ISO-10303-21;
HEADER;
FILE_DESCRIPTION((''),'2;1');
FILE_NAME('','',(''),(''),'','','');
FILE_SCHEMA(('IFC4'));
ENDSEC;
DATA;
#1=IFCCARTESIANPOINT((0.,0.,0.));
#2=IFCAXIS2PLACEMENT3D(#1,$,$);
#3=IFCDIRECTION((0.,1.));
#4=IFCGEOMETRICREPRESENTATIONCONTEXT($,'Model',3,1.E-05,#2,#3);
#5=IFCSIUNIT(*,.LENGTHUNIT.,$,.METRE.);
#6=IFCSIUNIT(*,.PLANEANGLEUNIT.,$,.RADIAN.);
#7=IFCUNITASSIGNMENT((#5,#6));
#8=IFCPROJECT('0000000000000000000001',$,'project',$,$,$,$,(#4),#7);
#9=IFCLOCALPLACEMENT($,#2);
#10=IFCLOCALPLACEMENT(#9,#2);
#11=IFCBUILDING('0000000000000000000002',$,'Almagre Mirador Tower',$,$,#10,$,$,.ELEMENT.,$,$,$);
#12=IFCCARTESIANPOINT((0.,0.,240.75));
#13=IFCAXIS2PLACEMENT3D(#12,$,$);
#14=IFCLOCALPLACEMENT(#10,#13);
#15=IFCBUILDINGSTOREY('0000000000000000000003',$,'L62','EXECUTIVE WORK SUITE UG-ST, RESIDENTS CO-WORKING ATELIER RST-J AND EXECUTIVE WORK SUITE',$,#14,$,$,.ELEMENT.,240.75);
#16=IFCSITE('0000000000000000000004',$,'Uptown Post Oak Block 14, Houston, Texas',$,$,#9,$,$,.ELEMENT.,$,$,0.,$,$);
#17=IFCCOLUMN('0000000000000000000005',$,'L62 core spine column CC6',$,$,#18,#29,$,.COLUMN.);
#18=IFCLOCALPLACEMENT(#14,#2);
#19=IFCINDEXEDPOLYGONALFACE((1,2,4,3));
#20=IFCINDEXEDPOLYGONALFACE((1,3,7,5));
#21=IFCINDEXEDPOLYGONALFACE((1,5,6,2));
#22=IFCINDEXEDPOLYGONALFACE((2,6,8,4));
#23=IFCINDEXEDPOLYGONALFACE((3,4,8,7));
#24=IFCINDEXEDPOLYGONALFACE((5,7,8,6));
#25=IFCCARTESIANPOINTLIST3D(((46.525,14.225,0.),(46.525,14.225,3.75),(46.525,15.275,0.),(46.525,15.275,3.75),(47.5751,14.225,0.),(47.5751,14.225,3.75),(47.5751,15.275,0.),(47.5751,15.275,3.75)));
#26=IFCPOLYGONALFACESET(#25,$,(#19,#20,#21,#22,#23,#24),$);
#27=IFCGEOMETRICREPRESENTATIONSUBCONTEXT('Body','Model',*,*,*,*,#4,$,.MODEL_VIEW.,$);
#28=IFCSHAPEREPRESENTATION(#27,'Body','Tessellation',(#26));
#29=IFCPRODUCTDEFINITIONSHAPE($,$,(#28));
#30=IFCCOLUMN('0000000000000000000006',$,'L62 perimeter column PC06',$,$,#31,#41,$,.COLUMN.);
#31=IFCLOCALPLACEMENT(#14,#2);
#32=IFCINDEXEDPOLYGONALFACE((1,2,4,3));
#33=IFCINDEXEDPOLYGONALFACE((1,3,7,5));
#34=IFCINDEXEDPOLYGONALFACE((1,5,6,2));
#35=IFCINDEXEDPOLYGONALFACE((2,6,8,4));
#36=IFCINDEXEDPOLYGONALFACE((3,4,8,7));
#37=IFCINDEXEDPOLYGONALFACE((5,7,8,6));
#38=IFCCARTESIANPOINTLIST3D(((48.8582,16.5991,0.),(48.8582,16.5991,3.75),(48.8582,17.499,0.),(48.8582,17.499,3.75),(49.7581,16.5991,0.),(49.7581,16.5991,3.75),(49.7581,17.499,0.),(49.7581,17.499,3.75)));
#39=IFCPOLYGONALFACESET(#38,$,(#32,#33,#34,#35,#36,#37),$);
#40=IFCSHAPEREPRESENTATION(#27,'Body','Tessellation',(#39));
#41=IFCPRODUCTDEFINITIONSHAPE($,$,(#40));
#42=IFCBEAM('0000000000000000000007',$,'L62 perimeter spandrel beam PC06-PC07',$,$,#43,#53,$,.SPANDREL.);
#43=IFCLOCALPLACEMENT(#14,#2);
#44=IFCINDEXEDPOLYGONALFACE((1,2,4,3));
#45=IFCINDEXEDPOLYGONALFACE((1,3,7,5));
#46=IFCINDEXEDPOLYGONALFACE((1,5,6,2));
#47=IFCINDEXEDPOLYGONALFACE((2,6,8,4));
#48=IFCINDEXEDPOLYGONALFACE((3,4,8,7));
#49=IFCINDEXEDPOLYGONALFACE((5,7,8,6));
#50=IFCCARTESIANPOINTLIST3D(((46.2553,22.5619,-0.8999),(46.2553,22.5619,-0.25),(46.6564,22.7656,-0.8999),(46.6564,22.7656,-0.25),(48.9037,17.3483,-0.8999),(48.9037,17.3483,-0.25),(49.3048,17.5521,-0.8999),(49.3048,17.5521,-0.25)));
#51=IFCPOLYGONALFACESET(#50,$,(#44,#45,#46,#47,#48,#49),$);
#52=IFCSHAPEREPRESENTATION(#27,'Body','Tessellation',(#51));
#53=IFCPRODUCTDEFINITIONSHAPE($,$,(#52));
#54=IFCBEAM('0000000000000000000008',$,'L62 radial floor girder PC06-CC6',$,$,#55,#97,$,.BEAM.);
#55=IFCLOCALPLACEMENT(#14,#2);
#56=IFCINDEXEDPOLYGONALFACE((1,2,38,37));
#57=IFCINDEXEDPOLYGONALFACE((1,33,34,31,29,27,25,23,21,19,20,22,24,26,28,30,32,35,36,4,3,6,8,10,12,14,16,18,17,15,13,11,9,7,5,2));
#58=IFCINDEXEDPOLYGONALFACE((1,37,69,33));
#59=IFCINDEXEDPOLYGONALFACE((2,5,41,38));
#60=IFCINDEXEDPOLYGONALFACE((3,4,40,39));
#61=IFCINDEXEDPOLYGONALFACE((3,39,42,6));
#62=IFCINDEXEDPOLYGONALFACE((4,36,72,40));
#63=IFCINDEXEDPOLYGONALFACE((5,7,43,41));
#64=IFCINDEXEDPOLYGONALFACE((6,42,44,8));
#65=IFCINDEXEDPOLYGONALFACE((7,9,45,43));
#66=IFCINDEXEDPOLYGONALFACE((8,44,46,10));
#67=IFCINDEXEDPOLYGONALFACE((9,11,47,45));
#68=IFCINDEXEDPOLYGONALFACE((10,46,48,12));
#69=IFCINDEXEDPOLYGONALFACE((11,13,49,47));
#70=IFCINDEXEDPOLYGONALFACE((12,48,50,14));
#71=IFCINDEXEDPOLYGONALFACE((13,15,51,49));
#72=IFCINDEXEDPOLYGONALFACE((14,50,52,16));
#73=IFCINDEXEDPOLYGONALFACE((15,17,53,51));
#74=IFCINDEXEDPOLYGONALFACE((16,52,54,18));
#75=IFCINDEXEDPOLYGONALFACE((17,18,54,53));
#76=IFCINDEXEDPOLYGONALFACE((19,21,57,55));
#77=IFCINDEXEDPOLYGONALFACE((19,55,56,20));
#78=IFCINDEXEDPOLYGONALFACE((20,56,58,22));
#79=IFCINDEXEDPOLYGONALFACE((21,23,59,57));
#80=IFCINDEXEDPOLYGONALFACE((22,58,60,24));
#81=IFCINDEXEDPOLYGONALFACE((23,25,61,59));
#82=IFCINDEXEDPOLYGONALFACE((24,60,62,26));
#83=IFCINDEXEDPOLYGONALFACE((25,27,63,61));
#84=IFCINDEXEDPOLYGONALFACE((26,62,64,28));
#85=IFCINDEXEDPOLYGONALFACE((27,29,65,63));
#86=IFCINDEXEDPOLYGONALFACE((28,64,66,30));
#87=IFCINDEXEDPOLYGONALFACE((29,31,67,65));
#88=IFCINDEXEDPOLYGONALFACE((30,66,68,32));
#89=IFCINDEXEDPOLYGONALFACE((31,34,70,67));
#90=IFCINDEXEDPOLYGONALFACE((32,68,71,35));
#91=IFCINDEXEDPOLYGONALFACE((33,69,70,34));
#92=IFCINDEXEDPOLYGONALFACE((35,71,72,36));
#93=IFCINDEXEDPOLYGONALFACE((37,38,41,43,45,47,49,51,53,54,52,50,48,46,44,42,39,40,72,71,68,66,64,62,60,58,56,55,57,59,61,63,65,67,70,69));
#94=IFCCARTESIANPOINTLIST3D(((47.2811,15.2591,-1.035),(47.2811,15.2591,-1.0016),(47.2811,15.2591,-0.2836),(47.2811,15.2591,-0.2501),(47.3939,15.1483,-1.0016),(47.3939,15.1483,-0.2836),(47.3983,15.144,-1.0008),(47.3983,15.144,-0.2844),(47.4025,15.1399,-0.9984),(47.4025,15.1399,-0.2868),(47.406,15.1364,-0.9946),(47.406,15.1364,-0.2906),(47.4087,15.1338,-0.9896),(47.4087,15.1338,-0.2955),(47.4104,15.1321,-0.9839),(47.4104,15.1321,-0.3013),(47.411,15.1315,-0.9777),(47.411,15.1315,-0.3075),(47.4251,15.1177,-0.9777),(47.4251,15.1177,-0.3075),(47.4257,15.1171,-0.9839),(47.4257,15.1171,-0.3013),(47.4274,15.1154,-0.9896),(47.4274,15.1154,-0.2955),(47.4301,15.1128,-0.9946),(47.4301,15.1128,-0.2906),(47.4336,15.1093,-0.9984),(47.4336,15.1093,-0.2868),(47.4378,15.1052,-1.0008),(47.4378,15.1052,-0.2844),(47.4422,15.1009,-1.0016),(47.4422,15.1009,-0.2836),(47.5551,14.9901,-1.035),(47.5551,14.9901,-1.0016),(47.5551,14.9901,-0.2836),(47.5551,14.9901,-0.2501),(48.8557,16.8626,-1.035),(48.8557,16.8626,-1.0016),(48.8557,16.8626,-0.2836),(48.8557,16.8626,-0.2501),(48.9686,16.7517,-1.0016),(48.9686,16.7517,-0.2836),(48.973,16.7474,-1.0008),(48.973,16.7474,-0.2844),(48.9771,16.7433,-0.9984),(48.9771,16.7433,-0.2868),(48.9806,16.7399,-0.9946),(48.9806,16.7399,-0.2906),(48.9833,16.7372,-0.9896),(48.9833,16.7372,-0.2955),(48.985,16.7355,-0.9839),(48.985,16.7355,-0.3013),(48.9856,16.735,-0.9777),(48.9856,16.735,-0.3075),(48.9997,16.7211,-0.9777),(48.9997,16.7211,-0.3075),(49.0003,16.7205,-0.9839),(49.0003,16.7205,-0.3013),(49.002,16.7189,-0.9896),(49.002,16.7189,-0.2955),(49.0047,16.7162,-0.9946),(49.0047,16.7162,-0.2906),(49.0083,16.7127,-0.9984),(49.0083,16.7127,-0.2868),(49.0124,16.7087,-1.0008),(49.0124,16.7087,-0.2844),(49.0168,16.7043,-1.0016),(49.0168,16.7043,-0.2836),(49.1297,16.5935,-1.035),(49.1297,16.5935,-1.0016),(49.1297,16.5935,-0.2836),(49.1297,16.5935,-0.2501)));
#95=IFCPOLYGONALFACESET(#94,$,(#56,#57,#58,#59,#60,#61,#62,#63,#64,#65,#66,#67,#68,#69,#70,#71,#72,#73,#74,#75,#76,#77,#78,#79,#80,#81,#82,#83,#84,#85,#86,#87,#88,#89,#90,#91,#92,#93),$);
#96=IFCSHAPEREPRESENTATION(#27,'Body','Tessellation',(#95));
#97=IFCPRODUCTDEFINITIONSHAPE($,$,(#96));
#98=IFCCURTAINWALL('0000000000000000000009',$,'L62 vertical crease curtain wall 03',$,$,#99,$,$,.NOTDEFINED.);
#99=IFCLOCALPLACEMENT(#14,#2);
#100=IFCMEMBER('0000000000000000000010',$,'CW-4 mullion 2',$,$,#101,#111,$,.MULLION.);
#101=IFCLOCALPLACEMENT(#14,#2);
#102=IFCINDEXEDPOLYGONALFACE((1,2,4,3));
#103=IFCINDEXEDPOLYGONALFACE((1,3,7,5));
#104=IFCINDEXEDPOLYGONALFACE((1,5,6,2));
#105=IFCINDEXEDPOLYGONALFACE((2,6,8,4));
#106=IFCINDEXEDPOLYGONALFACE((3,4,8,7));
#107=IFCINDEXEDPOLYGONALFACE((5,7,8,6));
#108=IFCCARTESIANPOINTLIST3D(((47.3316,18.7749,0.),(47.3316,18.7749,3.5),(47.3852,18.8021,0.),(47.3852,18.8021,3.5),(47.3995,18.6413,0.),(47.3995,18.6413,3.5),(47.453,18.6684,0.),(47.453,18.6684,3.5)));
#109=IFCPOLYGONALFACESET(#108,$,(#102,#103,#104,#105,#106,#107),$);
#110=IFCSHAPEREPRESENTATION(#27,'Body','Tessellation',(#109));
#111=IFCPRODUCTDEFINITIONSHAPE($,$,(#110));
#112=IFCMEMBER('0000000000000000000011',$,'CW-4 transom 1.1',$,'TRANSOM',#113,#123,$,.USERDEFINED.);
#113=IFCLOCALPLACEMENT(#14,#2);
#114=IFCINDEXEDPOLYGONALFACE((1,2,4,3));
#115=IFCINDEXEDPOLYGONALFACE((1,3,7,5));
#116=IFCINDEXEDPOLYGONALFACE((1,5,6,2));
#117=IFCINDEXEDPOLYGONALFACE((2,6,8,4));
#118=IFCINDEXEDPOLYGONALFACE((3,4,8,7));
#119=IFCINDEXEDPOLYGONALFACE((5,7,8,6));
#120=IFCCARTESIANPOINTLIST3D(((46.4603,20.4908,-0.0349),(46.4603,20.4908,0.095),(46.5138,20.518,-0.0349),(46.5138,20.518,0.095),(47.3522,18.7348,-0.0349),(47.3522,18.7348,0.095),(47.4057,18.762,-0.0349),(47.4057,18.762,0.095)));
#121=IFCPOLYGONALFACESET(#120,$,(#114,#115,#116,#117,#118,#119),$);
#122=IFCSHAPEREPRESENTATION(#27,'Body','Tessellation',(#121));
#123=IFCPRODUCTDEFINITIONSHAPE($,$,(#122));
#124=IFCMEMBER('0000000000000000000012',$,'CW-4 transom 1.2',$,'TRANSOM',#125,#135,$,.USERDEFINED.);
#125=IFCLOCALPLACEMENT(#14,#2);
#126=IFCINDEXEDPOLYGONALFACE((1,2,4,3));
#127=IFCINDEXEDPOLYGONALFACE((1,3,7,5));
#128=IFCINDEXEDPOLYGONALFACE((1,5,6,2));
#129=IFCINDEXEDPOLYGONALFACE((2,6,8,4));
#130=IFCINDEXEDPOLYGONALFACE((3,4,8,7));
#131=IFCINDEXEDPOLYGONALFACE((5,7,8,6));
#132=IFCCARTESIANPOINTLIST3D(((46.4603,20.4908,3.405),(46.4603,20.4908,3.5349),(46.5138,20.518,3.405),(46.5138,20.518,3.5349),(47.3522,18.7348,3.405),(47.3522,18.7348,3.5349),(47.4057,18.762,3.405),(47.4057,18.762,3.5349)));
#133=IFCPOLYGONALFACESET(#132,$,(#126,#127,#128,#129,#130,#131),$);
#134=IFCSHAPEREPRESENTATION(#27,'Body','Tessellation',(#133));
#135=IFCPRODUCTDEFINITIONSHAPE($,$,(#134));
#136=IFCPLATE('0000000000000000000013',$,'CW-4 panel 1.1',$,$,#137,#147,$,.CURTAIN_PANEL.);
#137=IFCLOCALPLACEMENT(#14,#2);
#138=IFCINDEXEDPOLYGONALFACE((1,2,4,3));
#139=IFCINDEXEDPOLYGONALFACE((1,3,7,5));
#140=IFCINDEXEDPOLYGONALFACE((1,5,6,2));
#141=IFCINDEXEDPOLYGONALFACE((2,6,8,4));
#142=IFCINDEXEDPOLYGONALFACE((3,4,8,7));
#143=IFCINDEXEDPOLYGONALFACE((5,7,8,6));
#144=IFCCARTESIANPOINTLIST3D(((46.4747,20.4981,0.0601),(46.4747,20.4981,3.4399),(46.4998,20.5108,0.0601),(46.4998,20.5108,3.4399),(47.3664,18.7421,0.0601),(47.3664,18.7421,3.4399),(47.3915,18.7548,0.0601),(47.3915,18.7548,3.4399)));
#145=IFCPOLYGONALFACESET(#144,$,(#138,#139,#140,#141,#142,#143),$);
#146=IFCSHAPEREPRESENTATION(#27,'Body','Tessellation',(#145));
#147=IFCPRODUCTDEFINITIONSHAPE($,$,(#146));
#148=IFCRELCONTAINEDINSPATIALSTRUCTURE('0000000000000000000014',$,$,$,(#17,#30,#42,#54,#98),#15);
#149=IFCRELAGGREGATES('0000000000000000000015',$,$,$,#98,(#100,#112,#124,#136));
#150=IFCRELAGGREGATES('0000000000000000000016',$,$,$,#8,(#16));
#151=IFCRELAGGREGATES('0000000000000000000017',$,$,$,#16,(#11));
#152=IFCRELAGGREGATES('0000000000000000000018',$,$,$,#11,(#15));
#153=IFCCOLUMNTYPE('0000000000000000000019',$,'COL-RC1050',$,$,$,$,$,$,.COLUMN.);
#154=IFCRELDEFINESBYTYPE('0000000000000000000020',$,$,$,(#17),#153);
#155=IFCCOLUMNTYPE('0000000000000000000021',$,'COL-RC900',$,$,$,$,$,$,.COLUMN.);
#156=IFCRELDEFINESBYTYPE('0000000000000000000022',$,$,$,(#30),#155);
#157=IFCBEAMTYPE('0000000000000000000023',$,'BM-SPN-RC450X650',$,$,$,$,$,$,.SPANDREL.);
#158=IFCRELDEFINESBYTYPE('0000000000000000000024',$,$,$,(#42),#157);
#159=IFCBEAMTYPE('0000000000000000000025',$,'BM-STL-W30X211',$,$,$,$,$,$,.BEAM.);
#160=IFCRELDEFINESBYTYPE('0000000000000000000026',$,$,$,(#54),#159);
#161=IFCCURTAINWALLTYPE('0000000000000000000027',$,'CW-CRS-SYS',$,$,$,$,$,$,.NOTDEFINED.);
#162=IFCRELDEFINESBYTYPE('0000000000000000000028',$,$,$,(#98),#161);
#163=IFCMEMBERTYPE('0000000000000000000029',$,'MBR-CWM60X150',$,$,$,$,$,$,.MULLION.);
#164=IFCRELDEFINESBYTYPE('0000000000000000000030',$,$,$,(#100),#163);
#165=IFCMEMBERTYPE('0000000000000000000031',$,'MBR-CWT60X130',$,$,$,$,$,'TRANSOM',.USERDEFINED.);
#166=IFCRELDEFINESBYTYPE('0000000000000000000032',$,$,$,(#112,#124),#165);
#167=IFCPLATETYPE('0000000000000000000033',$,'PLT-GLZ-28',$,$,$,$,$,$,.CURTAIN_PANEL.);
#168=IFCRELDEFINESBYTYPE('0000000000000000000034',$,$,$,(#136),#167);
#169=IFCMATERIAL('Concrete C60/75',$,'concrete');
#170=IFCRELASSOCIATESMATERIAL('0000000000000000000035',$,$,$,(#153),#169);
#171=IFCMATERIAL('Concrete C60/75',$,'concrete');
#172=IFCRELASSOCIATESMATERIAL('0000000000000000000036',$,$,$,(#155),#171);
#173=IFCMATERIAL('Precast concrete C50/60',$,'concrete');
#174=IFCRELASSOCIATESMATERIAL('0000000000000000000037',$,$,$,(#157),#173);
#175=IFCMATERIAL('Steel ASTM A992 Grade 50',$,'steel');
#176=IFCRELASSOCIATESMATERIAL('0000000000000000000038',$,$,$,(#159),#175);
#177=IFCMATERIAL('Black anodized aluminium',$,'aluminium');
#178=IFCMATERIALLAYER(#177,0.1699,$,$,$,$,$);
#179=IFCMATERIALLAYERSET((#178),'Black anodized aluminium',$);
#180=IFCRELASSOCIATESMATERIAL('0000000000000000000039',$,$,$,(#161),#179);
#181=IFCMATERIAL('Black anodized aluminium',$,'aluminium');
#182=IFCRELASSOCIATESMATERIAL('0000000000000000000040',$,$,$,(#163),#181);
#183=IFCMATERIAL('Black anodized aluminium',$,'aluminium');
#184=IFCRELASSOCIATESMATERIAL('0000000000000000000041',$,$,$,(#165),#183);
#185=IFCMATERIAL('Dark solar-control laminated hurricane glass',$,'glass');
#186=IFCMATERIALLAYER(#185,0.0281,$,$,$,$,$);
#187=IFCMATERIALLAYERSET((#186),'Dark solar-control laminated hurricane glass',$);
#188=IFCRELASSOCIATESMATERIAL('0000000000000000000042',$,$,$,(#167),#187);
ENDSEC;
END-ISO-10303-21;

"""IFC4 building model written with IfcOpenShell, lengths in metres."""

from ifc_helpers import new_model, si_unit, direction, frame, origin, origin_2d, place, context, subcontext, project, spatial, rectangle, i_section, extrude, material, layer, layer_set, material_profile, profile_set, type_object, element, aggregate, save


model = new_model("IFC4")

# Units and contexts
model_context = context("Model", 3, precision=1e-05, world=origin(), true_north=direction((0.0, 1.0)))
body_context = subcontext(model_context, "Body", "Model", "MODEL_VIEW")
ifc_project = project(units=[si_unit("LENGTHUNIT", "METRE"), si_unit("PLANEANGLEUNIT", "RADIAN")], contexts=[model_context])

# Site, building, storey
site_placement = place(None, origin())
site = spatial("IfcSite", under=ifc_project, at=site_placement, Name="Uptown Post Oak Block 14, Houston, Texas", CompositionType="ELEMENT", RefElevation=0.0)
building_placement = place(site_placement, origin())
building = spatial("IfcBuilding", under=site, at=building_placement, Name="Almagre Mirador Tower", CompositionType="ELEMENT")
storey_placement = place(building_placement, frame((0.0, 0.0, 240.75)))
storey = spatial("IfcBuildingStorey", under=building, at=storey_placement, Name="L62", Description="EXECUTIVE WORK SUITE UG-ST, RESIDENTS CO-WORKING ATELIER RST-J AND EXECUTIVE WORK SUITE", CompositionType="ELEMENT", Elevation=240.75)

# Columns
ifc_material_1 = material(Name="Concrete C60/75", Category="concrete")
ifc_material_profile_1 = material_profile(ifc_material_1, rectangle(XDim=1.05, YDim=1.05, at=origin_2d()), Name="RC1050X1050")
ifc_profile_set_1 = profile_set([ifc_material_profile_1], Name="Concrete C60/75")
column_type_1 = type_object("IfcColumnType", Name="COL-RC1050", PredefinedType="COLUMN", material=ifc_profile_set_1)
column_1_placement = place(storey_placement, frame((47.05, 14.75, 0.0), z_axis=(0.0, 0.0, 1.0), x_axis=(1.0, 0.0, 0.0)))
element("IfcColumn", 1, at=column_1_placement, inside=storey, type_object=column_type_1, Name="L62 core spine column CC6", PredefinedType="COLUMN", context=body_context, shape_type="SweptSolid", body=[
    extrude(rectangle(XDim=1.05, YDim=1.05, at=origin_2d()), origin(), (0.0, 0.0, 1.0), 3.75),
])
ifc_material_2 = material(Name="Concrete C60/75", Category="concrete")
ifc_material_profile_2 = material_profile(ifc_material_2, rectangle(XDim=0.8999, YDim=0.8999, at=origin_2d()), Name="RC900X900")
ifc_profile_set_2 = profile_set([ifc_material_profile_2], Name="Concrete C60/75")
column_type_2 = type_object("IfcColumnType", Name="COL-RC900", PredefinedType="COLUMN", material=ifc_profile_set_2)
column_2_placement = place(storey_placement, frame((49.3081, 17.0491, 0.0), z_axis=(0.0, 0.0, 1.0), x_axis=(1.0, 0.0, 0.0)))
element("IfcColumn", 2, at=column_2_placement, inside=storey, type_object=column_type_2, Name="L62 perimeter column PC06", PredefinedType="COLUMN", context=body_context, shape_type="SweptSolid", body=[
    extrude(rectangle(XDim=0.8999, YDim=0.8999, at=origin_2d()), origin(), (0.0, 0.0, 1.0), 3.75),
])

# Beams
ifc_material_3 = material(Name="Precast concrete C50/60", Category="concrete")
ifc_material_profile_3 = material_profile(ifc_material_3, rectangle(XDim=0.45, YDim=0.6499, at=origin_2d()), Name="RC450X650")
ifc_profile_set_3 = profile_set([ifc_material_profile_3], Name="Precast concrete C50/60")
beam_type_1 = type_object("IfcBeamType", Name="BM-SPN-RC450X650", PredefinedType="SPANDREL", material=ifc_profile_set_3)
beam_1_placement = place(storey_placement, frame((49.1042, 17.4502, -0.575), z_axis=(-0.452899, 0.891562, 0.0), x_axis=(-0.891562, -0.452899, 0.0)))
element("IfcBeam", 3, at=beam_1_placement, inside=storey, type_object=beam_type_1, Name="L62 perimeter spandrel beam PC06-PC07", PredefinedType="SPANDREL", context=body_context, shape_type="SweptSolid", body=[
    extrude(rectangle(XDim=0.45, YDim=0.6499, at=origin_2d()), origin(), (0.0, 0.0, 1.0), 5.8477),
])
ifc_material_4 = material(Name="Steel ASTM A992 Grade 50", Category="steel")
ifc_material_profile_4 = material_profile(ifc_material_4, i_section(OverallWidth=0.384, OverallDepth=0.7849, WebThickness=0.0198, FlangeThickness=0.0334, FilletRadius=0.0239, at=origin_2d()), Name="W30X211")
ifc_profile_set_4 = profile_set([ifc_material_profile_4], Name="Steel ASTM A992 Grade 50")
beam_type_2 = type_object("IfcBeamType", Name="BM-STL-W30X211", PredefinedType="BEAM", material=ifc_profile_set_4)
beam_2_placement = place(storey_placement, frame((48.9927, 16.728, -0.6426), z_axis=(-0.700669, -0.713487, 0.0), x_axis=(0.713487, -0.700669, 0.0)))
element("IfcBeam", 4, at=beam_2_placement, inside=storey, type_object=beam_type_2, Name="L62 radial floor girder PC06-CC6", PredefinedType="BEAM", context=body_context, shape_type="SweptSolid", body=[
    extrude(i_section(OverallWidth=0.384, OverallDepth=0.7849, WebThickness=0.0198, FlangeThickness=0.0334, FilletRadius=0.0239, at=origin_2d()), origin(), (0.0, 0.0, 1.0), 2.2473),
])

# Curtain wall, members, plate
ifc_material_5 = material(Name="Black anodized aluminium", Category="aluminium")
ifc_layer_1 = layer(ifc_material_5, 0.1699)
ifc_layer_set_1 = layer_set([ifc_layer_1], Name="Black anodized aluminium")
curtain_wall_type = type_object("IfcCurtainWallType", Name="CW-CRS-SYS", PredefinedType="NOTDEFINED", material=ifc_layer_set_1)
curtain_wall_placement = place(storey_placement, origin())
curtain_wall = element("IfcCurtainWall", 5, at=curtain_wall_placement, inside=storey, type_object=curtain_wall_type, Name="L62 vertical crease curtain wall 03", PredefinedType="NOTDEFINED")
ifc_material_6 = material(Name="Black anodized aluminium", Category="aluminium")
ifc_material_profile_5 = material_profile(ifc_material_6, rectangle(XDim=0.0601, YDim=0.1499, at=origin_2d()), Name="CWM60X150")
ifc_profile_set_5 = profile_set([ifc_material_profile_5], Name="Black anodized aluminium")
member_type_1 = type_object("IfcMemberType", Name="MBR-CWM60X150", PredefinedType="MULLION", material=ifc_profile_set_5)
member_1_placement = place(storey_placement, frame((47.3923, 18.7217, 0.0), z_axis=(0.0, 0.0, 1.0), x_axis=(0.891634, 0.452757, 0.0)))
member_1 = element("IfcMember", 6, at=member_1_placement, type_object=member_type_1, Name="CW-4 mullion 2", PredefinedType="MULLION", context=body_context, shape_type="SweptSolid", body=[
    extrude(rectangle(XDim=0.0601, YDim=0.1499, at=origin_2d()), origin(), (0.0, 0.0, 1.0), 3.5),
])
ifc_material_7 = material(Name="Black anodized aluminium", Category="aluminium")
ifc_material_profile_6 = material_profile(ifc_material_7, rectangle(XDim=0.0601, YDim=0.1299, at=origin_2d()), Name="CWT60X130")
ifc_profile_set_6 = profile_set([ifc_material_profile_6], Name="Black anodized aluminium")
member_type_2 = type_object("IfcMemberType", Name="MBR-CWT60X130", ElementType="TRANSOM", PredefinedType="USERDEFINED", material=ifc_profile_set_6)
member_2_placement = place(storey_placement, frame((46.4871, 20.5044, 0.03), z_axis=(0.452858, -0.891583, 0.0), x_axis=(0.891583, 0.452858, 0.0)))
member_2 = element("IfcMember", 7, at=member_2_placement, type_object=member_type_2, Name="CW-4 transom 1.1", ObjectType="TRANSOM", PredefinedType="USERDEFINED", context=body_context, shape_type="SweptSolid", body=[
    extrude(rectangle(XDim=0.0601, YDim=0.1299, at=origin_2d()), origin(), (0.0, 0.0, 1.0), 1.9695),
])
member_3_placement = place(storey_placement, frame((46.4871, 20.5044, 3.47), z_axis=(0.452858, -0.891583, 0.0), x_axis=(0.891583, 0.452858, 0.0)))
member_3 = element("IfcMember", 8, at=member_3_placement, type_object=member_type_2, Name="CW-4 transom 1.2", ObjectType="TRANSOM", PredefinedType="USERDEFINED", context=body_context, shape_type="SweptSolid", body=[
    extrude(rectangle(XDim=0.0601, YDim=0.1299, at=origin_2d()), origin(), (0.0, 0.0, 1.0), 1.9695),
])
ifc_material_8 = material(Name="Dark solar-control laminated hurricane glass", Category="glass")
ifc_layer_2 = layer(ifc_material_8, 0.0281)
ifc_layer_set_2 = layer_set([ifc_layer_2], Name="Dark solar-control laminated hurricane glass")
plate_type = type_object("IfcPlateType", Name="PLT-GLZ-28", PredefinedType="CURTAIN_PANEL", material=ifc_layer_set_2)
plate_placement = place(storey_placement, frame((46.9331, 19.6265, 0.0601), z_axis=(0.0, 0.0, 1.0), x_axis=(0.452757, -0.891634, 0.0)))
plate = element("IfcPlate", 9, at=plate_placement, type_object=plate_type, Name="CW-4 panel 1.1", PredefinedType="CURTAIN_PANEL", context=body_context, shape_type="SweptSolid", body=[
    extrude(rectangle(XDim=1.9695, YDim=0.0281, at=origin_2d()), origin(), (0.0, 0.0, 1.0), 3.3799),
])
aggregate(curtain_wall, [member_1, member_2, member_3, plate])

save(model, "model.ifc")
